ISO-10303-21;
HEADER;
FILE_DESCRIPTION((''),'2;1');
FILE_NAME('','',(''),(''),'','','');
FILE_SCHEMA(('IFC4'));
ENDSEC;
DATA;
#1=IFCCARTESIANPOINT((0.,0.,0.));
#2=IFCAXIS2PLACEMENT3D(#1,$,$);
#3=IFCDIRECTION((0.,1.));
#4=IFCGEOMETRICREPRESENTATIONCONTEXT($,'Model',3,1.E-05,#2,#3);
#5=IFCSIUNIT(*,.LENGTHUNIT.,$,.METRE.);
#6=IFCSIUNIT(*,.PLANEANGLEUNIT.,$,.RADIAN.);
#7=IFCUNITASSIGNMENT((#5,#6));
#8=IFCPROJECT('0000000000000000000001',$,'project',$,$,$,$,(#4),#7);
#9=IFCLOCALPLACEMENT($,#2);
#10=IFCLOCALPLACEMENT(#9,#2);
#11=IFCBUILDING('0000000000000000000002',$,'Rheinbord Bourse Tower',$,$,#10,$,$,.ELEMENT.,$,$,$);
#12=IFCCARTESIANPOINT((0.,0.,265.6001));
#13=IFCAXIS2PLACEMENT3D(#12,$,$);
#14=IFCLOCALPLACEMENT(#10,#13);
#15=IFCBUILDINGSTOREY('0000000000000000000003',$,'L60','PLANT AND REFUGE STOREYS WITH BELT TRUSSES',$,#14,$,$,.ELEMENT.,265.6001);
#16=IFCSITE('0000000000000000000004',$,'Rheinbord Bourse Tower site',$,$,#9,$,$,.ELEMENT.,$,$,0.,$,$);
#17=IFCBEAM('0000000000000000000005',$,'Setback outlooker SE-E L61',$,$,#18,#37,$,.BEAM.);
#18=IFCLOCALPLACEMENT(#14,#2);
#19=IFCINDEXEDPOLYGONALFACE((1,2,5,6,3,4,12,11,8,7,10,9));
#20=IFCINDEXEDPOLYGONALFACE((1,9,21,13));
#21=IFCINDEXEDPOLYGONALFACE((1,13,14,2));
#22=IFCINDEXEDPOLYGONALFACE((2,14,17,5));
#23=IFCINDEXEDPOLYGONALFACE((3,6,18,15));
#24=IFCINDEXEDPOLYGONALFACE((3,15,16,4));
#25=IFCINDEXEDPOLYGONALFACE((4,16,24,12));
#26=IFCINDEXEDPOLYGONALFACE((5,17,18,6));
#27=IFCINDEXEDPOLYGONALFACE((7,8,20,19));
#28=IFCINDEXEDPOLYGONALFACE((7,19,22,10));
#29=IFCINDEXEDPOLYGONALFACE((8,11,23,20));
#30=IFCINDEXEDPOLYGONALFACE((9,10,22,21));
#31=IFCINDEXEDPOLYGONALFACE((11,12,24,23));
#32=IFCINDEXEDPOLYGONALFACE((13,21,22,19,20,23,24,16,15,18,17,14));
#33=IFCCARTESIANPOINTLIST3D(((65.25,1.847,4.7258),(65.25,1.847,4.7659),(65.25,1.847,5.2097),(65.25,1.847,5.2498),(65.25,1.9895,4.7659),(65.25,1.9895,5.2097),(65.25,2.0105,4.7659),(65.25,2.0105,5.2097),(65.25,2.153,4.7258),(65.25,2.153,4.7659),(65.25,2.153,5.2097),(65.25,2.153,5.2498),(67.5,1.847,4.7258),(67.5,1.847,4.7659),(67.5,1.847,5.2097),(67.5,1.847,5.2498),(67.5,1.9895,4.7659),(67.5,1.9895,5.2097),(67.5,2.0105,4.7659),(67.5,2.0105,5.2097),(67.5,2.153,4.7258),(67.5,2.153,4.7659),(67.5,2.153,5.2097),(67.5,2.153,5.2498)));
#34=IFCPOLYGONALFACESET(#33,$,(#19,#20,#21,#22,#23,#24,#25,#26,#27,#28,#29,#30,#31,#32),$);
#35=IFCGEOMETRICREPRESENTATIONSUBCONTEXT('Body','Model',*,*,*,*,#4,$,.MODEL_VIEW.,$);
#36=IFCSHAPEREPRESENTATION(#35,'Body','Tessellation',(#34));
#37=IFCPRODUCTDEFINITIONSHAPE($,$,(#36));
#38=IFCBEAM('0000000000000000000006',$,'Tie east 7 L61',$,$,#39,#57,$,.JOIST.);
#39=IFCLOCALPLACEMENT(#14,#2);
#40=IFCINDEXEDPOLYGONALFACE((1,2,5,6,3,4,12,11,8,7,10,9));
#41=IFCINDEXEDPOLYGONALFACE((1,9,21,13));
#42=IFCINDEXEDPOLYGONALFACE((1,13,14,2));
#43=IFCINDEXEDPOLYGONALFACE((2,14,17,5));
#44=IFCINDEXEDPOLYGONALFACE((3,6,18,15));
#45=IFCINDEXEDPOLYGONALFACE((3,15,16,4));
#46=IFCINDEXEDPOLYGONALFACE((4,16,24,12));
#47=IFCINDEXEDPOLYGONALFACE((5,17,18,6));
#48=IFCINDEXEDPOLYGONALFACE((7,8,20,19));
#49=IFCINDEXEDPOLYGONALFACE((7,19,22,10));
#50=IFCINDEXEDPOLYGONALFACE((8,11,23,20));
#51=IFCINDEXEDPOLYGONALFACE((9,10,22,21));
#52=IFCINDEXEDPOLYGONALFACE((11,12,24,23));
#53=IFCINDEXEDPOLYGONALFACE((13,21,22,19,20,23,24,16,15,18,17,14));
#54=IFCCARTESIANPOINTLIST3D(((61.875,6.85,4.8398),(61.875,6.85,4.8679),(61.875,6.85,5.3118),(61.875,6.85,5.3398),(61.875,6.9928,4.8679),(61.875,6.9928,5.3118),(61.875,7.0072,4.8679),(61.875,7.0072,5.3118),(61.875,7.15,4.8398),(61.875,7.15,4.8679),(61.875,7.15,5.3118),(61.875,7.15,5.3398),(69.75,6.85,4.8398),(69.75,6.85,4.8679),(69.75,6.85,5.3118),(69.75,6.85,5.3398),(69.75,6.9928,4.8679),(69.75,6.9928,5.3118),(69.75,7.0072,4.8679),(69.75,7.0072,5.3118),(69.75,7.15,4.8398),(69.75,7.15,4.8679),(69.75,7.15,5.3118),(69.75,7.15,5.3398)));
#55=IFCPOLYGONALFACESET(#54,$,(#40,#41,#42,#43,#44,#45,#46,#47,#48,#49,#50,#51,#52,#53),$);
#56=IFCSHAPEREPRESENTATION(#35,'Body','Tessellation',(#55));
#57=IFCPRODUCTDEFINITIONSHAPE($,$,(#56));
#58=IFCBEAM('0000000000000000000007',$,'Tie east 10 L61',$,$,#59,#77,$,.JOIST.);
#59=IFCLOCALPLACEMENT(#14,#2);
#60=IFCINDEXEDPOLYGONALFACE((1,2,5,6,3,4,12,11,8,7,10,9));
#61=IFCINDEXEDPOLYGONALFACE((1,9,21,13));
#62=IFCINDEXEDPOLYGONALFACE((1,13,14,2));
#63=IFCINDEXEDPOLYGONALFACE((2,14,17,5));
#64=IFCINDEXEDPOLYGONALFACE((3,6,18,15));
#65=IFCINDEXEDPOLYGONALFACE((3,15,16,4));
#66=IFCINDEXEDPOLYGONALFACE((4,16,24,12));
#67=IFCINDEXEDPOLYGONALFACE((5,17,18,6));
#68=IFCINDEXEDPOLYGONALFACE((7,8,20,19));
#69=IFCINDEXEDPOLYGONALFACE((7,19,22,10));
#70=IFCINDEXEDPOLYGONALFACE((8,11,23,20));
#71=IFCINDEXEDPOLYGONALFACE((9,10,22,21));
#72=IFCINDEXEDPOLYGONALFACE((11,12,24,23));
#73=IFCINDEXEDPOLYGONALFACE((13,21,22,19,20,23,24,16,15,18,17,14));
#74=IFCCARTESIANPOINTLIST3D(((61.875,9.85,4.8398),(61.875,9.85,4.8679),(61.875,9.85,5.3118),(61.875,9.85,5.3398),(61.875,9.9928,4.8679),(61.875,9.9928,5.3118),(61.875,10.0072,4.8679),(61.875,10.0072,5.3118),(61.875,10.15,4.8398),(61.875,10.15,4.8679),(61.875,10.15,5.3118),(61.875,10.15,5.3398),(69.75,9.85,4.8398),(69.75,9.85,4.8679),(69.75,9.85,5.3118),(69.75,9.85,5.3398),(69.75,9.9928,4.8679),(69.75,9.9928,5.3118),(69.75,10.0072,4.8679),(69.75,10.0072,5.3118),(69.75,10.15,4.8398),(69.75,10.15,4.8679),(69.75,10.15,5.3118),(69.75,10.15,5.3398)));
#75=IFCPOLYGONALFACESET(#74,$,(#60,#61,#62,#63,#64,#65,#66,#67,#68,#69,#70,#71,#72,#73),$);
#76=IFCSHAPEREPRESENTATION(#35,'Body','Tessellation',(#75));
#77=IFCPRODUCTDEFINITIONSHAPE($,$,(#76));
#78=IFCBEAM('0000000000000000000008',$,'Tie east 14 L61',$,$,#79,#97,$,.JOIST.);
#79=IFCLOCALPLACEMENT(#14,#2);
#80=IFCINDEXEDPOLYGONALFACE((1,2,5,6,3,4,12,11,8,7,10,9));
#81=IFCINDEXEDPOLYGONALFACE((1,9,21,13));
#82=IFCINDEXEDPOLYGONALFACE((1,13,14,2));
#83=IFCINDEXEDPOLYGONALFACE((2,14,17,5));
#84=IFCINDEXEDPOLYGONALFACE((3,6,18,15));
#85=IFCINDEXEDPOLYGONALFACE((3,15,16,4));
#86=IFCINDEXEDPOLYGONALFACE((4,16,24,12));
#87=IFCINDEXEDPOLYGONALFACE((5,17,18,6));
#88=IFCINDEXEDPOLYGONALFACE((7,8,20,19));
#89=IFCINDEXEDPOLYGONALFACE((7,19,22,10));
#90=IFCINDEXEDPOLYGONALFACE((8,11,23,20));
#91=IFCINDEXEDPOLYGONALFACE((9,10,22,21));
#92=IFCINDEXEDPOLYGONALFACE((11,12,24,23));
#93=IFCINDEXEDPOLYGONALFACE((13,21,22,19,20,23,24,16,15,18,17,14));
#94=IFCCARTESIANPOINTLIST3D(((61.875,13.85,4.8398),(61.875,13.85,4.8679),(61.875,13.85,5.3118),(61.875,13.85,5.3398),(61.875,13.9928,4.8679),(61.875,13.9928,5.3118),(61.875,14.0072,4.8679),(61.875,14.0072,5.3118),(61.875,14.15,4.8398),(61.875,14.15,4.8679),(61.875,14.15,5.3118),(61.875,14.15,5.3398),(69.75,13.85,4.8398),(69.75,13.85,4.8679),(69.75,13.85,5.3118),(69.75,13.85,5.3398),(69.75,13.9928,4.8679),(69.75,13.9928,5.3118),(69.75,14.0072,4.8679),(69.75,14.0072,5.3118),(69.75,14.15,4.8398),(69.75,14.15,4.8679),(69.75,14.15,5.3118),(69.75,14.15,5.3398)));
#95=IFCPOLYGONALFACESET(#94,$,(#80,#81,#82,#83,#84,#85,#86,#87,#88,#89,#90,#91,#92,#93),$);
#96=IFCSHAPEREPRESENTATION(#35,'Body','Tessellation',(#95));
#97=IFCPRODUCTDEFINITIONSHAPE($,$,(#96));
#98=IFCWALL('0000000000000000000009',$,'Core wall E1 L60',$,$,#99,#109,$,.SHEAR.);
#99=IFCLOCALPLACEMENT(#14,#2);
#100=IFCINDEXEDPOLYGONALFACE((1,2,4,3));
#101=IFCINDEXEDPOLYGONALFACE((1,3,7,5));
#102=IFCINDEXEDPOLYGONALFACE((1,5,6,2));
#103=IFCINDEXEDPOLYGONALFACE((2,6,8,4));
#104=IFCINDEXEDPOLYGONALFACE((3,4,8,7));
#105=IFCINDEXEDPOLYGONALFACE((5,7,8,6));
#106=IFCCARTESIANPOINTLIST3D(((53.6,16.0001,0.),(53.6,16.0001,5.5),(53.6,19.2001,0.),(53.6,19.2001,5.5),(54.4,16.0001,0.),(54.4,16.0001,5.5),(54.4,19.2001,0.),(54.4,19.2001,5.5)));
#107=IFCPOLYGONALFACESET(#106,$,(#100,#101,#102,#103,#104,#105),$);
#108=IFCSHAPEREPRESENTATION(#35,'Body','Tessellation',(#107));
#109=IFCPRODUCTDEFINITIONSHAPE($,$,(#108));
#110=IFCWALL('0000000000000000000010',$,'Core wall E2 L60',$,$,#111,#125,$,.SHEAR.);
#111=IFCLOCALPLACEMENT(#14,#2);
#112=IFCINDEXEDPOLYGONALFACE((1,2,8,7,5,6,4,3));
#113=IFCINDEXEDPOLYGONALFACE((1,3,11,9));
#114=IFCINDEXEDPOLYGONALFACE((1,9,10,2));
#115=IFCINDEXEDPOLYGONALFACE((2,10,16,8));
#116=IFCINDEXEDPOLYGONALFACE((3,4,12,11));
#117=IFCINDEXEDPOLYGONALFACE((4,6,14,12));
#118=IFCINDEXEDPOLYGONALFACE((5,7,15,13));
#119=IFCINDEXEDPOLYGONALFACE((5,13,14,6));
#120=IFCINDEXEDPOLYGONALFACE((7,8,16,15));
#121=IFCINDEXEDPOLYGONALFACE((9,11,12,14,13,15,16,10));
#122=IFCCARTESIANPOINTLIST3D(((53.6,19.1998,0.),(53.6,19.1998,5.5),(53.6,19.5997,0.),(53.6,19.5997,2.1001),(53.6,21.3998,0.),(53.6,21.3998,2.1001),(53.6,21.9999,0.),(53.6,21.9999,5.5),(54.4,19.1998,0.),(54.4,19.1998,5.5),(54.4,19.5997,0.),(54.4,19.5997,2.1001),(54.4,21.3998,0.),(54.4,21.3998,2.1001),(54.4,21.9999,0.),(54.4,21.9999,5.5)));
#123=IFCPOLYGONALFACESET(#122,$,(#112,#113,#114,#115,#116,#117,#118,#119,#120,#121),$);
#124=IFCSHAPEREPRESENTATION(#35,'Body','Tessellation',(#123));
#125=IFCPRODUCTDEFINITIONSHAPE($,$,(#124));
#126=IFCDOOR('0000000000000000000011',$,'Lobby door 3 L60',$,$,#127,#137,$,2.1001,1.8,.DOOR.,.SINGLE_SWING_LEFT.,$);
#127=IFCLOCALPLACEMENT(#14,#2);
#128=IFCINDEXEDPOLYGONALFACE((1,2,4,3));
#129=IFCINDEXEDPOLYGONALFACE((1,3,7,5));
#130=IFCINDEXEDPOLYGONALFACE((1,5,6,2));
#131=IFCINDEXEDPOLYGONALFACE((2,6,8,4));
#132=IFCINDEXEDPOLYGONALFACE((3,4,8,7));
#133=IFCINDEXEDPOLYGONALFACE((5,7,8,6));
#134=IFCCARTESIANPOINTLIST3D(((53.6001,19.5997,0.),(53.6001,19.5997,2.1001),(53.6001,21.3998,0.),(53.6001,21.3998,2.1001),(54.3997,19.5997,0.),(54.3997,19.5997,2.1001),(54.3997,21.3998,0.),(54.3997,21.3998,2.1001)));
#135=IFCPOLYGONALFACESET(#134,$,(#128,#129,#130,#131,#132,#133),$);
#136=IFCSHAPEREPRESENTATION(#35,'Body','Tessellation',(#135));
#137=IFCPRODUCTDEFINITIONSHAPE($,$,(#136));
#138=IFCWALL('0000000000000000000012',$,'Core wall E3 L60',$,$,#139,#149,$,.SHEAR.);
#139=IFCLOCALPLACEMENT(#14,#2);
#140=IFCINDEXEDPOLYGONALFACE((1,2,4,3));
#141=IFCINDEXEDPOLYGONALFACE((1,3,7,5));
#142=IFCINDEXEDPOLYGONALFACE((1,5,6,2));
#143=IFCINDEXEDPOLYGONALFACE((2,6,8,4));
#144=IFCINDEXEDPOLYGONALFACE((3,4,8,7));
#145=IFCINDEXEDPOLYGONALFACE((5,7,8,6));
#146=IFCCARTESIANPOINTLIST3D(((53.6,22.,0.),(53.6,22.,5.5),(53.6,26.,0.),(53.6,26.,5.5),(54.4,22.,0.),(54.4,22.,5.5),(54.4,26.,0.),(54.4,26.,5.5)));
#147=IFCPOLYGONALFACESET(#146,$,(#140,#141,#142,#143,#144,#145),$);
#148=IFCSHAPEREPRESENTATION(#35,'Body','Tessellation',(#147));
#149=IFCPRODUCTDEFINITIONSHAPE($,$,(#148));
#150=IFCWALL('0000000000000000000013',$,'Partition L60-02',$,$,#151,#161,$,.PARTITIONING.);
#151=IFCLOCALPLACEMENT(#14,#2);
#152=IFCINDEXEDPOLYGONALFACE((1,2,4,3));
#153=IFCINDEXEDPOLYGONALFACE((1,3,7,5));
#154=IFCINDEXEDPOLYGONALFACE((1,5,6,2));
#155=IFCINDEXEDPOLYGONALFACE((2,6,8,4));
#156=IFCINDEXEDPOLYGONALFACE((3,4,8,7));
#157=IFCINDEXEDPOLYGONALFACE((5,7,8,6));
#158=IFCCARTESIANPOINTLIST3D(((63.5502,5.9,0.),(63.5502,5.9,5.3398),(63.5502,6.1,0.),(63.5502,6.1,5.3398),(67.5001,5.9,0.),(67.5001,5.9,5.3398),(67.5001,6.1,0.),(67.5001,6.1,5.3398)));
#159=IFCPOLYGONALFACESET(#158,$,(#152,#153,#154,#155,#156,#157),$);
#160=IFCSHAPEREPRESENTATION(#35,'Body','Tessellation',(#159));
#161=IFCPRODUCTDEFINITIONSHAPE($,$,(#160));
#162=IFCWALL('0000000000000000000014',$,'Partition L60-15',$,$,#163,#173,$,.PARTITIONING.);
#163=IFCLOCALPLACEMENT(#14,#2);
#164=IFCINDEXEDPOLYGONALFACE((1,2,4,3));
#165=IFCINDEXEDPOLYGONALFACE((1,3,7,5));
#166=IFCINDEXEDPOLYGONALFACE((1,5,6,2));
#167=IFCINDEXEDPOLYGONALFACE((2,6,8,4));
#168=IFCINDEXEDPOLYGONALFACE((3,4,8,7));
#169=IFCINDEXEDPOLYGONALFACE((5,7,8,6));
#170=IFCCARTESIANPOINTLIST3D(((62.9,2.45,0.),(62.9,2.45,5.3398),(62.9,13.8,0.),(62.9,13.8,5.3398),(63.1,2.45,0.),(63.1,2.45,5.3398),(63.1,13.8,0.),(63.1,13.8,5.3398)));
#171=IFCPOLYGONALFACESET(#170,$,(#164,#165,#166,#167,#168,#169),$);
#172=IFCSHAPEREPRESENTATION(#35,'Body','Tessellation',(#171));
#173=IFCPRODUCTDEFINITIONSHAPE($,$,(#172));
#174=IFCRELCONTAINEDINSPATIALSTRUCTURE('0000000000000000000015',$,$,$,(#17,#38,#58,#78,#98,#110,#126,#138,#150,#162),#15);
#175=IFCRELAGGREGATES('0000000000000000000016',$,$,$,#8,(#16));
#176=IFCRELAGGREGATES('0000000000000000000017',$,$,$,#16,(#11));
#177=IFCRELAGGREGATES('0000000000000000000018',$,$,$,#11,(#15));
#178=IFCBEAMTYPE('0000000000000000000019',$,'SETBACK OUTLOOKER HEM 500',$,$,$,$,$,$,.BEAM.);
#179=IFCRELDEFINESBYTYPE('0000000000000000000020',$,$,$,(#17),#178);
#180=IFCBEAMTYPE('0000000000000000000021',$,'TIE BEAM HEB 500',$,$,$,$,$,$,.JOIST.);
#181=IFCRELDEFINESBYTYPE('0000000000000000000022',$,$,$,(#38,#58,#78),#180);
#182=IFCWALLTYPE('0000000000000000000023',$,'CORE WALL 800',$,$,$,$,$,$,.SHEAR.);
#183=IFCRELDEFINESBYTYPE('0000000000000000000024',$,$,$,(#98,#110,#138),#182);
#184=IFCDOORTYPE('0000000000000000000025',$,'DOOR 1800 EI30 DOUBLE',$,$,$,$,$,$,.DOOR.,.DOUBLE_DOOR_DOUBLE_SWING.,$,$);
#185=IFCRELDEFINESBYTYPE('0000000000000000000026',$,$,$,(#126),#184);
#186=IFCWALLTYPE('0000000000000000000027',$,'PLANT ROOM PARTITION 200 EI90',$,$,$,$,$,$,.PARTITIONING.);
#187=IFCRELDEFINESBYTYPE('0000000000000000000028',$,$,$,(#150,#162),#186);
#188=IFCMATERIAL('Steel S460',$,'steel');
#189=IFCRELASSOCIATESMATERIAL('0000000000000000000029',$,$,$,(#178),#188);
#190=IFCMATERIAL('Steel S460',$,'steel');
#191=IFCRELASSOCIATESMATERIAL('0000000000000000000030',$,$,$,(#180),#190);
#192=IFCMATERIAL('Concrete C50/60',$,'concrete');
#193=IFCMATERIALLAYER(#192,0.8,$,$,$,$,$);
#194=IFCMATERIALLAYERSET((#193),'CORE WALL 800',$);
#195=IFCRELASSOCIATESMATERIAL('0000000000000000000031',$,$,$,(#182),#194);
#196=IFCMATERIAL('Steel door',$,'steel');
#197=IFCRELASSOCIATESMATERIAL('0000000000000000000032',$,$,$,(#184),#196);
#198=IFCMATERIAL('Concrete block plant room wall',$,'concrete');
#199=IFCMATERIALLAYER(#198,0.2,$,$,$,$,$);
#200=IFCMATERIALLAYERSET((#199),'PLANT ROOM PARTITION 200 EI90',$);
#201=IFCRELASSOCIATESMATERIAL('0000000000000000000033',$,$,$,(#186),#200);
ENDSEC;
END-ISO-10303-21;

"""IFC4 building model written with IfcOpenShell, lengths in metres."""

from ifc_helpers import new_model, si_unit, direction, frame, frame_2d, origin, origin_2d, place, context, subcontext, project, spatial, rectangle, i_section, extrude, material, layer, layer_set, material_profile, profile_set, type_object, element, fill, save


model = new_model("IFC4")

# Units and contexts
model_context = context("Model", 3, precision=1e-05, world=origin(), true_north=direction((0.0, 1.0)))
body_context = subcontext(model_context, "Body", "Model", "MODEL_VIEW")
ifc_project = project(units=[si_unit("LENGTHUNIT", "METRE"), si_unit("PLANEANGLEUNIT", "RADIAN")], contexts=[model_context])

# Site, building, storey
site_placement = place(None, origin())
site = spatial("IfcSite", under=ifc_project, at=site_placement, Name="Rheinbord Bourse Tower site", CompositionType="ELEMENT", RefElevation=0.0)
building_placement = place(site_placement, origin())
building = spatial("IfcBuilding", under=site, at=building_placement, Name="Rheinbord Bourse Tower", CompositionType="ELEMENT")
storey_placement = place(building_placement, frame((0.0, 0.0, 265.6001)))
storey = spatial("IfcBuildingStorey", under=building, at=storey_placement, Name="L60", Description="PLANT AND REFUGE STOREYS WITH BELT TRUSSES", CompositionType="ELEMENT", Elevation=265.6001)

# Beams
ifc_material_1 = material(Name="Steel S460", Category="steel")
ifc_material_profile_1 = material_profile(ifc_material_1, i_section(OverallWidth=0.3059, OverallDepth=0.5239, WebThickness=0.021, FlangeThickness=0.04, at=origin_2d()), Name="HEM 500")
ifc_profile_set_1 = profile_set([ifc_material_profile_1], Name="Steel S460")
beam_type_1 = type_object("IfcBeamType", Name="SETBACK OUTLOOKER HEM 500", PredefinedType="BEAM", material=ifc_profile_set_1)
beam_1_placement = place(storey_placement, frame((65.25, 2.0, 4.9878), z_axis=(1.0, 0.0, 0.0), x_axis=(0.0, 1.0, 0.0)))
element("IfcBeam", 1, at=beam_1_placement, inside=storey, type_object=beam_type_1, Name="Setback outlooker SE-E L61", PredefinedType="BEAM", context=body_context, shape_type="SweptSolid", body=[
    extrude(i_section(OverallWidth=0.3059, OverallDepth=0.5239, WebThickness=0.021, FlangeThickness=0.04, at=origin_2d()), origin(), (0.0, 0.0, 1.0), 2.25),
])
ifc_material_2 = material(Name="Steel S460", Category="steel")
ifc_material_profile_2 = material_profile(ifc_material_2, i_section(OverallWidth=0.3, OverallDepth=0.5, WebThickness=0.0144, FlangeThickness=0.0281, at=origin_2d()), Name="HEB 500")
ifc_profile_set_2 = profile_set([ifc_material_profile_2], Name="Steel S460")
beam_type_2 = type_object("IfcBeamType", Name="TIE BEAM HEB 500", PredefinedType="JOIST", material=ifc_profile_set_2)
for number, where, z_axis, x_axis, name in (
    (2, (61.875, 7.0, 5.0898), (1.0, 0.0, 0.0), (0.0, 1.0, 0.0), "Tie east 7 L61"),
    (3, (61.875, 10.0, 5.0898), (1.0, 0.0, 0.0), (0.0, 1.0, 0.0), "Tie east 10 L61"),
    (4, (61.875, 14.0, 5.0898), (1.0, 0.0, 0.0), (0.0, 1.0, 0.0), "Tie east 14 L61"),
):
    element("IfcBeam", number, at=place(storey_placement, frame(where, z_axis=z_axis, x_axis=x_axis)), inside=storey, type_object=beam_type_2, Name=name, PredefinedType="JOIST", context=body_context, shape_type="SweptSolid", body=[
        extrude(i_section(OverallWidth=0.3, OverallDepth=0.5, WebThickness=0.0144, FlangeThickness=0.0281, at=origin_2d()), origin(), (0.0, 0.0, 1.0), 7.875),
    ])

# Wall
ifc_material_3 = material(Name="Concrete C50/60", Category="concrete")
ifc_layer_1 = layer(ifc_material_3, 0.8)
ifc_layer_set_1 = layer_set([ifc_layer_1], Name="CORE WALL 800")
wall_type_1 = type_object("IfcWallType", Name="CORE WALL 800", PredefinedType="SHEAR", material=ifc_layer_set_1)
wall_1_placement = place(storey_placement, frame((54.0, 16.0, 0.0), z_axis=(0.0, 0.0, 1.0), x_axis=(0.0, 1.0, 0.0)))
element("IfcWall", 5, at=wall_1_placement, inside=storey, type_object=wall_type_1, Name="Core wall E1 L60", PredefinedType="SHEAR", context=body_context, shape_type="SweptSolid", body=[
    extrude(rectangle(XDim=3.2, YDim=0.8, at=frame_2d((1.6001, 0.0))), origin(), (0.0, 0.0, 1.0), 5.5),
])

# Wall, opening, door
wall_2_placement = place(storey_placement, frame((54.0, 19.2, 0.0), z_axis=(0.0, 0.0, 1.0), x_axis=(0.0, 1.0, 0.0)))
wall_2 = element("IfcWall", 6, at=wall_2_placement, inside=storey, type_object=wall_type_1, Name="Core wall E2 L60", PredefinedType="SHEAR", context=body_context, shape_type="SweptSolid", body=[
    extrude(rectangle(XDim=2.8, YDim=0.8, at=frame_2d((1.3999, 0.0))), origin(), (0.0, 0.0, 1.0), 5.5),
])
opening_1_placement = place(wall_2_placement, frame((0.3999, 0.0, 0.0)))
opening_1 = element("IfcOpeningElement", 7, at=opening_1_placement, cuts=wall_2, PredefinedType="OPENING", context=body_context, shape_type="SweptSolid", body=[
    extrude(rectangle(XDim=1.8, YDim=2.1001, at=frame_2d((0.8999, 1.05))), frame((0.0, 0.4099, 0.0), z_axis=(0.0, -1.0, 0.0), x_axis=(1.0, 0.0, 0.0)), (0.0, 0.0, 1.0), 0.8201),
])
ifc_material_4 = material(Name="Steel door", Category="steel")
door_type_1 = type_object("IfcDoorType", Name="DOOR 1800 EI30 DOUBLE", OperationType="DOUBLE_DOOR_DOUBLE_SWING", PredefinedType="DOOR", material=ifc_material_4)
door_1_placement = place(opening_1_placement, origin())
door_1 = element("IfcDoor", 8, at=door_1_placement, inside=storey, type_object=door_type_1, Name="Lobby door 3 L60", OperationType="SINGLE_SWING_LEFT", OverallHeight=2.1001, OverallWidth=1.8, PredefinedType="DOOR", context=body_context, shape_type="SweptSolid", body=[
    extrude(rectangle(XDim=1.8, YDim=2.1001, at=frame_2d((0.8999, 1.05))), frame((0.0, 0.3999, 0.0), z_axis=(0.0, -1.0, 0.0), x_axis=(1.0, 0.0, 0.0)), (0.0, 0.0, 1.0), 0.7996),
])
fill(opening_1, door_1)

# Walls
wall_3_placement = place(storey_placement, frame((54.0, 22.0, 0.0), z_axis=(0.0, 0.0, 1.0), x_axis=(0.0, 1.0, 0.0)))
element("IfcWall", 9, at=wall_3_placement, inside=storey, type_object=wall_type_1, Name="Core wall E3 L60", PredefinedType="SHEAR", context=body_context, shape_type="SweptSolid", body=[
    extrude(rectangle(XDim=4.0, YDim=0.8, at=frame_2d((2.0, 0.0))), origin(), (0.0, 0.0, 1.0), 5.5),
])
ifc_material_5 = material(Name="Concrete block plant room wall", Category="concrete")
ifc_layer_2 = layer(ifc_material_5, 0.2)
ifc_layer_set_2 = layer_set([ifc_layer_2], Name="PLANT ROOM PARTITION 200 EI90")
wall_type_2 = type_object("IfcWallType", Name="PLANT ROOM PARTITION 200 EI90", PredefinedType="PARTITIONING", material=ifc_layer_set_2)
wall_4_placement = place(storey_placement, frame((63.55, 6.0, 0.0), z_axis=(0.0, 0.0, 1.0), x_axis=(1.0, 0.0, 0.0)))
element("IfcWall", 10, at=wall_4_placement, inside=storey, type_object=wall_type_2, Name="Partition L60-02", PredefinedType="PARTITIONING", context=body_context, shape_type="SweptSolid", body=[
    extrude(rectangle(XDim=3.95, YDim=0.2, at=frame_2d((1.9751, 0.0))), origin(), (0.0, 0.0, 1.0), 5.3398),
])
wall_5_placement = place(storey_placement, frame((63.0, 2.45, 0.0), z_axis=(0.0, 0.0, 1.0), x_axis=(0.0, 1.0, 0.0)))
element("IfcWall", 11, at=wall_5_placement, inside=storey, type_object=wall_type_2, Name="Partition L60-15", PredefinedType="PARTITIONING", context=body_context, shape_type="SweptSolid", body=[
    extrude(rectangle(XDim=11.3501, YDim=0.2, at=frame_2d((5.675, 0.0))), origin(), (0.0, 0.0, 1.0), 5.3398),
])

save(model, "model.ifc")
